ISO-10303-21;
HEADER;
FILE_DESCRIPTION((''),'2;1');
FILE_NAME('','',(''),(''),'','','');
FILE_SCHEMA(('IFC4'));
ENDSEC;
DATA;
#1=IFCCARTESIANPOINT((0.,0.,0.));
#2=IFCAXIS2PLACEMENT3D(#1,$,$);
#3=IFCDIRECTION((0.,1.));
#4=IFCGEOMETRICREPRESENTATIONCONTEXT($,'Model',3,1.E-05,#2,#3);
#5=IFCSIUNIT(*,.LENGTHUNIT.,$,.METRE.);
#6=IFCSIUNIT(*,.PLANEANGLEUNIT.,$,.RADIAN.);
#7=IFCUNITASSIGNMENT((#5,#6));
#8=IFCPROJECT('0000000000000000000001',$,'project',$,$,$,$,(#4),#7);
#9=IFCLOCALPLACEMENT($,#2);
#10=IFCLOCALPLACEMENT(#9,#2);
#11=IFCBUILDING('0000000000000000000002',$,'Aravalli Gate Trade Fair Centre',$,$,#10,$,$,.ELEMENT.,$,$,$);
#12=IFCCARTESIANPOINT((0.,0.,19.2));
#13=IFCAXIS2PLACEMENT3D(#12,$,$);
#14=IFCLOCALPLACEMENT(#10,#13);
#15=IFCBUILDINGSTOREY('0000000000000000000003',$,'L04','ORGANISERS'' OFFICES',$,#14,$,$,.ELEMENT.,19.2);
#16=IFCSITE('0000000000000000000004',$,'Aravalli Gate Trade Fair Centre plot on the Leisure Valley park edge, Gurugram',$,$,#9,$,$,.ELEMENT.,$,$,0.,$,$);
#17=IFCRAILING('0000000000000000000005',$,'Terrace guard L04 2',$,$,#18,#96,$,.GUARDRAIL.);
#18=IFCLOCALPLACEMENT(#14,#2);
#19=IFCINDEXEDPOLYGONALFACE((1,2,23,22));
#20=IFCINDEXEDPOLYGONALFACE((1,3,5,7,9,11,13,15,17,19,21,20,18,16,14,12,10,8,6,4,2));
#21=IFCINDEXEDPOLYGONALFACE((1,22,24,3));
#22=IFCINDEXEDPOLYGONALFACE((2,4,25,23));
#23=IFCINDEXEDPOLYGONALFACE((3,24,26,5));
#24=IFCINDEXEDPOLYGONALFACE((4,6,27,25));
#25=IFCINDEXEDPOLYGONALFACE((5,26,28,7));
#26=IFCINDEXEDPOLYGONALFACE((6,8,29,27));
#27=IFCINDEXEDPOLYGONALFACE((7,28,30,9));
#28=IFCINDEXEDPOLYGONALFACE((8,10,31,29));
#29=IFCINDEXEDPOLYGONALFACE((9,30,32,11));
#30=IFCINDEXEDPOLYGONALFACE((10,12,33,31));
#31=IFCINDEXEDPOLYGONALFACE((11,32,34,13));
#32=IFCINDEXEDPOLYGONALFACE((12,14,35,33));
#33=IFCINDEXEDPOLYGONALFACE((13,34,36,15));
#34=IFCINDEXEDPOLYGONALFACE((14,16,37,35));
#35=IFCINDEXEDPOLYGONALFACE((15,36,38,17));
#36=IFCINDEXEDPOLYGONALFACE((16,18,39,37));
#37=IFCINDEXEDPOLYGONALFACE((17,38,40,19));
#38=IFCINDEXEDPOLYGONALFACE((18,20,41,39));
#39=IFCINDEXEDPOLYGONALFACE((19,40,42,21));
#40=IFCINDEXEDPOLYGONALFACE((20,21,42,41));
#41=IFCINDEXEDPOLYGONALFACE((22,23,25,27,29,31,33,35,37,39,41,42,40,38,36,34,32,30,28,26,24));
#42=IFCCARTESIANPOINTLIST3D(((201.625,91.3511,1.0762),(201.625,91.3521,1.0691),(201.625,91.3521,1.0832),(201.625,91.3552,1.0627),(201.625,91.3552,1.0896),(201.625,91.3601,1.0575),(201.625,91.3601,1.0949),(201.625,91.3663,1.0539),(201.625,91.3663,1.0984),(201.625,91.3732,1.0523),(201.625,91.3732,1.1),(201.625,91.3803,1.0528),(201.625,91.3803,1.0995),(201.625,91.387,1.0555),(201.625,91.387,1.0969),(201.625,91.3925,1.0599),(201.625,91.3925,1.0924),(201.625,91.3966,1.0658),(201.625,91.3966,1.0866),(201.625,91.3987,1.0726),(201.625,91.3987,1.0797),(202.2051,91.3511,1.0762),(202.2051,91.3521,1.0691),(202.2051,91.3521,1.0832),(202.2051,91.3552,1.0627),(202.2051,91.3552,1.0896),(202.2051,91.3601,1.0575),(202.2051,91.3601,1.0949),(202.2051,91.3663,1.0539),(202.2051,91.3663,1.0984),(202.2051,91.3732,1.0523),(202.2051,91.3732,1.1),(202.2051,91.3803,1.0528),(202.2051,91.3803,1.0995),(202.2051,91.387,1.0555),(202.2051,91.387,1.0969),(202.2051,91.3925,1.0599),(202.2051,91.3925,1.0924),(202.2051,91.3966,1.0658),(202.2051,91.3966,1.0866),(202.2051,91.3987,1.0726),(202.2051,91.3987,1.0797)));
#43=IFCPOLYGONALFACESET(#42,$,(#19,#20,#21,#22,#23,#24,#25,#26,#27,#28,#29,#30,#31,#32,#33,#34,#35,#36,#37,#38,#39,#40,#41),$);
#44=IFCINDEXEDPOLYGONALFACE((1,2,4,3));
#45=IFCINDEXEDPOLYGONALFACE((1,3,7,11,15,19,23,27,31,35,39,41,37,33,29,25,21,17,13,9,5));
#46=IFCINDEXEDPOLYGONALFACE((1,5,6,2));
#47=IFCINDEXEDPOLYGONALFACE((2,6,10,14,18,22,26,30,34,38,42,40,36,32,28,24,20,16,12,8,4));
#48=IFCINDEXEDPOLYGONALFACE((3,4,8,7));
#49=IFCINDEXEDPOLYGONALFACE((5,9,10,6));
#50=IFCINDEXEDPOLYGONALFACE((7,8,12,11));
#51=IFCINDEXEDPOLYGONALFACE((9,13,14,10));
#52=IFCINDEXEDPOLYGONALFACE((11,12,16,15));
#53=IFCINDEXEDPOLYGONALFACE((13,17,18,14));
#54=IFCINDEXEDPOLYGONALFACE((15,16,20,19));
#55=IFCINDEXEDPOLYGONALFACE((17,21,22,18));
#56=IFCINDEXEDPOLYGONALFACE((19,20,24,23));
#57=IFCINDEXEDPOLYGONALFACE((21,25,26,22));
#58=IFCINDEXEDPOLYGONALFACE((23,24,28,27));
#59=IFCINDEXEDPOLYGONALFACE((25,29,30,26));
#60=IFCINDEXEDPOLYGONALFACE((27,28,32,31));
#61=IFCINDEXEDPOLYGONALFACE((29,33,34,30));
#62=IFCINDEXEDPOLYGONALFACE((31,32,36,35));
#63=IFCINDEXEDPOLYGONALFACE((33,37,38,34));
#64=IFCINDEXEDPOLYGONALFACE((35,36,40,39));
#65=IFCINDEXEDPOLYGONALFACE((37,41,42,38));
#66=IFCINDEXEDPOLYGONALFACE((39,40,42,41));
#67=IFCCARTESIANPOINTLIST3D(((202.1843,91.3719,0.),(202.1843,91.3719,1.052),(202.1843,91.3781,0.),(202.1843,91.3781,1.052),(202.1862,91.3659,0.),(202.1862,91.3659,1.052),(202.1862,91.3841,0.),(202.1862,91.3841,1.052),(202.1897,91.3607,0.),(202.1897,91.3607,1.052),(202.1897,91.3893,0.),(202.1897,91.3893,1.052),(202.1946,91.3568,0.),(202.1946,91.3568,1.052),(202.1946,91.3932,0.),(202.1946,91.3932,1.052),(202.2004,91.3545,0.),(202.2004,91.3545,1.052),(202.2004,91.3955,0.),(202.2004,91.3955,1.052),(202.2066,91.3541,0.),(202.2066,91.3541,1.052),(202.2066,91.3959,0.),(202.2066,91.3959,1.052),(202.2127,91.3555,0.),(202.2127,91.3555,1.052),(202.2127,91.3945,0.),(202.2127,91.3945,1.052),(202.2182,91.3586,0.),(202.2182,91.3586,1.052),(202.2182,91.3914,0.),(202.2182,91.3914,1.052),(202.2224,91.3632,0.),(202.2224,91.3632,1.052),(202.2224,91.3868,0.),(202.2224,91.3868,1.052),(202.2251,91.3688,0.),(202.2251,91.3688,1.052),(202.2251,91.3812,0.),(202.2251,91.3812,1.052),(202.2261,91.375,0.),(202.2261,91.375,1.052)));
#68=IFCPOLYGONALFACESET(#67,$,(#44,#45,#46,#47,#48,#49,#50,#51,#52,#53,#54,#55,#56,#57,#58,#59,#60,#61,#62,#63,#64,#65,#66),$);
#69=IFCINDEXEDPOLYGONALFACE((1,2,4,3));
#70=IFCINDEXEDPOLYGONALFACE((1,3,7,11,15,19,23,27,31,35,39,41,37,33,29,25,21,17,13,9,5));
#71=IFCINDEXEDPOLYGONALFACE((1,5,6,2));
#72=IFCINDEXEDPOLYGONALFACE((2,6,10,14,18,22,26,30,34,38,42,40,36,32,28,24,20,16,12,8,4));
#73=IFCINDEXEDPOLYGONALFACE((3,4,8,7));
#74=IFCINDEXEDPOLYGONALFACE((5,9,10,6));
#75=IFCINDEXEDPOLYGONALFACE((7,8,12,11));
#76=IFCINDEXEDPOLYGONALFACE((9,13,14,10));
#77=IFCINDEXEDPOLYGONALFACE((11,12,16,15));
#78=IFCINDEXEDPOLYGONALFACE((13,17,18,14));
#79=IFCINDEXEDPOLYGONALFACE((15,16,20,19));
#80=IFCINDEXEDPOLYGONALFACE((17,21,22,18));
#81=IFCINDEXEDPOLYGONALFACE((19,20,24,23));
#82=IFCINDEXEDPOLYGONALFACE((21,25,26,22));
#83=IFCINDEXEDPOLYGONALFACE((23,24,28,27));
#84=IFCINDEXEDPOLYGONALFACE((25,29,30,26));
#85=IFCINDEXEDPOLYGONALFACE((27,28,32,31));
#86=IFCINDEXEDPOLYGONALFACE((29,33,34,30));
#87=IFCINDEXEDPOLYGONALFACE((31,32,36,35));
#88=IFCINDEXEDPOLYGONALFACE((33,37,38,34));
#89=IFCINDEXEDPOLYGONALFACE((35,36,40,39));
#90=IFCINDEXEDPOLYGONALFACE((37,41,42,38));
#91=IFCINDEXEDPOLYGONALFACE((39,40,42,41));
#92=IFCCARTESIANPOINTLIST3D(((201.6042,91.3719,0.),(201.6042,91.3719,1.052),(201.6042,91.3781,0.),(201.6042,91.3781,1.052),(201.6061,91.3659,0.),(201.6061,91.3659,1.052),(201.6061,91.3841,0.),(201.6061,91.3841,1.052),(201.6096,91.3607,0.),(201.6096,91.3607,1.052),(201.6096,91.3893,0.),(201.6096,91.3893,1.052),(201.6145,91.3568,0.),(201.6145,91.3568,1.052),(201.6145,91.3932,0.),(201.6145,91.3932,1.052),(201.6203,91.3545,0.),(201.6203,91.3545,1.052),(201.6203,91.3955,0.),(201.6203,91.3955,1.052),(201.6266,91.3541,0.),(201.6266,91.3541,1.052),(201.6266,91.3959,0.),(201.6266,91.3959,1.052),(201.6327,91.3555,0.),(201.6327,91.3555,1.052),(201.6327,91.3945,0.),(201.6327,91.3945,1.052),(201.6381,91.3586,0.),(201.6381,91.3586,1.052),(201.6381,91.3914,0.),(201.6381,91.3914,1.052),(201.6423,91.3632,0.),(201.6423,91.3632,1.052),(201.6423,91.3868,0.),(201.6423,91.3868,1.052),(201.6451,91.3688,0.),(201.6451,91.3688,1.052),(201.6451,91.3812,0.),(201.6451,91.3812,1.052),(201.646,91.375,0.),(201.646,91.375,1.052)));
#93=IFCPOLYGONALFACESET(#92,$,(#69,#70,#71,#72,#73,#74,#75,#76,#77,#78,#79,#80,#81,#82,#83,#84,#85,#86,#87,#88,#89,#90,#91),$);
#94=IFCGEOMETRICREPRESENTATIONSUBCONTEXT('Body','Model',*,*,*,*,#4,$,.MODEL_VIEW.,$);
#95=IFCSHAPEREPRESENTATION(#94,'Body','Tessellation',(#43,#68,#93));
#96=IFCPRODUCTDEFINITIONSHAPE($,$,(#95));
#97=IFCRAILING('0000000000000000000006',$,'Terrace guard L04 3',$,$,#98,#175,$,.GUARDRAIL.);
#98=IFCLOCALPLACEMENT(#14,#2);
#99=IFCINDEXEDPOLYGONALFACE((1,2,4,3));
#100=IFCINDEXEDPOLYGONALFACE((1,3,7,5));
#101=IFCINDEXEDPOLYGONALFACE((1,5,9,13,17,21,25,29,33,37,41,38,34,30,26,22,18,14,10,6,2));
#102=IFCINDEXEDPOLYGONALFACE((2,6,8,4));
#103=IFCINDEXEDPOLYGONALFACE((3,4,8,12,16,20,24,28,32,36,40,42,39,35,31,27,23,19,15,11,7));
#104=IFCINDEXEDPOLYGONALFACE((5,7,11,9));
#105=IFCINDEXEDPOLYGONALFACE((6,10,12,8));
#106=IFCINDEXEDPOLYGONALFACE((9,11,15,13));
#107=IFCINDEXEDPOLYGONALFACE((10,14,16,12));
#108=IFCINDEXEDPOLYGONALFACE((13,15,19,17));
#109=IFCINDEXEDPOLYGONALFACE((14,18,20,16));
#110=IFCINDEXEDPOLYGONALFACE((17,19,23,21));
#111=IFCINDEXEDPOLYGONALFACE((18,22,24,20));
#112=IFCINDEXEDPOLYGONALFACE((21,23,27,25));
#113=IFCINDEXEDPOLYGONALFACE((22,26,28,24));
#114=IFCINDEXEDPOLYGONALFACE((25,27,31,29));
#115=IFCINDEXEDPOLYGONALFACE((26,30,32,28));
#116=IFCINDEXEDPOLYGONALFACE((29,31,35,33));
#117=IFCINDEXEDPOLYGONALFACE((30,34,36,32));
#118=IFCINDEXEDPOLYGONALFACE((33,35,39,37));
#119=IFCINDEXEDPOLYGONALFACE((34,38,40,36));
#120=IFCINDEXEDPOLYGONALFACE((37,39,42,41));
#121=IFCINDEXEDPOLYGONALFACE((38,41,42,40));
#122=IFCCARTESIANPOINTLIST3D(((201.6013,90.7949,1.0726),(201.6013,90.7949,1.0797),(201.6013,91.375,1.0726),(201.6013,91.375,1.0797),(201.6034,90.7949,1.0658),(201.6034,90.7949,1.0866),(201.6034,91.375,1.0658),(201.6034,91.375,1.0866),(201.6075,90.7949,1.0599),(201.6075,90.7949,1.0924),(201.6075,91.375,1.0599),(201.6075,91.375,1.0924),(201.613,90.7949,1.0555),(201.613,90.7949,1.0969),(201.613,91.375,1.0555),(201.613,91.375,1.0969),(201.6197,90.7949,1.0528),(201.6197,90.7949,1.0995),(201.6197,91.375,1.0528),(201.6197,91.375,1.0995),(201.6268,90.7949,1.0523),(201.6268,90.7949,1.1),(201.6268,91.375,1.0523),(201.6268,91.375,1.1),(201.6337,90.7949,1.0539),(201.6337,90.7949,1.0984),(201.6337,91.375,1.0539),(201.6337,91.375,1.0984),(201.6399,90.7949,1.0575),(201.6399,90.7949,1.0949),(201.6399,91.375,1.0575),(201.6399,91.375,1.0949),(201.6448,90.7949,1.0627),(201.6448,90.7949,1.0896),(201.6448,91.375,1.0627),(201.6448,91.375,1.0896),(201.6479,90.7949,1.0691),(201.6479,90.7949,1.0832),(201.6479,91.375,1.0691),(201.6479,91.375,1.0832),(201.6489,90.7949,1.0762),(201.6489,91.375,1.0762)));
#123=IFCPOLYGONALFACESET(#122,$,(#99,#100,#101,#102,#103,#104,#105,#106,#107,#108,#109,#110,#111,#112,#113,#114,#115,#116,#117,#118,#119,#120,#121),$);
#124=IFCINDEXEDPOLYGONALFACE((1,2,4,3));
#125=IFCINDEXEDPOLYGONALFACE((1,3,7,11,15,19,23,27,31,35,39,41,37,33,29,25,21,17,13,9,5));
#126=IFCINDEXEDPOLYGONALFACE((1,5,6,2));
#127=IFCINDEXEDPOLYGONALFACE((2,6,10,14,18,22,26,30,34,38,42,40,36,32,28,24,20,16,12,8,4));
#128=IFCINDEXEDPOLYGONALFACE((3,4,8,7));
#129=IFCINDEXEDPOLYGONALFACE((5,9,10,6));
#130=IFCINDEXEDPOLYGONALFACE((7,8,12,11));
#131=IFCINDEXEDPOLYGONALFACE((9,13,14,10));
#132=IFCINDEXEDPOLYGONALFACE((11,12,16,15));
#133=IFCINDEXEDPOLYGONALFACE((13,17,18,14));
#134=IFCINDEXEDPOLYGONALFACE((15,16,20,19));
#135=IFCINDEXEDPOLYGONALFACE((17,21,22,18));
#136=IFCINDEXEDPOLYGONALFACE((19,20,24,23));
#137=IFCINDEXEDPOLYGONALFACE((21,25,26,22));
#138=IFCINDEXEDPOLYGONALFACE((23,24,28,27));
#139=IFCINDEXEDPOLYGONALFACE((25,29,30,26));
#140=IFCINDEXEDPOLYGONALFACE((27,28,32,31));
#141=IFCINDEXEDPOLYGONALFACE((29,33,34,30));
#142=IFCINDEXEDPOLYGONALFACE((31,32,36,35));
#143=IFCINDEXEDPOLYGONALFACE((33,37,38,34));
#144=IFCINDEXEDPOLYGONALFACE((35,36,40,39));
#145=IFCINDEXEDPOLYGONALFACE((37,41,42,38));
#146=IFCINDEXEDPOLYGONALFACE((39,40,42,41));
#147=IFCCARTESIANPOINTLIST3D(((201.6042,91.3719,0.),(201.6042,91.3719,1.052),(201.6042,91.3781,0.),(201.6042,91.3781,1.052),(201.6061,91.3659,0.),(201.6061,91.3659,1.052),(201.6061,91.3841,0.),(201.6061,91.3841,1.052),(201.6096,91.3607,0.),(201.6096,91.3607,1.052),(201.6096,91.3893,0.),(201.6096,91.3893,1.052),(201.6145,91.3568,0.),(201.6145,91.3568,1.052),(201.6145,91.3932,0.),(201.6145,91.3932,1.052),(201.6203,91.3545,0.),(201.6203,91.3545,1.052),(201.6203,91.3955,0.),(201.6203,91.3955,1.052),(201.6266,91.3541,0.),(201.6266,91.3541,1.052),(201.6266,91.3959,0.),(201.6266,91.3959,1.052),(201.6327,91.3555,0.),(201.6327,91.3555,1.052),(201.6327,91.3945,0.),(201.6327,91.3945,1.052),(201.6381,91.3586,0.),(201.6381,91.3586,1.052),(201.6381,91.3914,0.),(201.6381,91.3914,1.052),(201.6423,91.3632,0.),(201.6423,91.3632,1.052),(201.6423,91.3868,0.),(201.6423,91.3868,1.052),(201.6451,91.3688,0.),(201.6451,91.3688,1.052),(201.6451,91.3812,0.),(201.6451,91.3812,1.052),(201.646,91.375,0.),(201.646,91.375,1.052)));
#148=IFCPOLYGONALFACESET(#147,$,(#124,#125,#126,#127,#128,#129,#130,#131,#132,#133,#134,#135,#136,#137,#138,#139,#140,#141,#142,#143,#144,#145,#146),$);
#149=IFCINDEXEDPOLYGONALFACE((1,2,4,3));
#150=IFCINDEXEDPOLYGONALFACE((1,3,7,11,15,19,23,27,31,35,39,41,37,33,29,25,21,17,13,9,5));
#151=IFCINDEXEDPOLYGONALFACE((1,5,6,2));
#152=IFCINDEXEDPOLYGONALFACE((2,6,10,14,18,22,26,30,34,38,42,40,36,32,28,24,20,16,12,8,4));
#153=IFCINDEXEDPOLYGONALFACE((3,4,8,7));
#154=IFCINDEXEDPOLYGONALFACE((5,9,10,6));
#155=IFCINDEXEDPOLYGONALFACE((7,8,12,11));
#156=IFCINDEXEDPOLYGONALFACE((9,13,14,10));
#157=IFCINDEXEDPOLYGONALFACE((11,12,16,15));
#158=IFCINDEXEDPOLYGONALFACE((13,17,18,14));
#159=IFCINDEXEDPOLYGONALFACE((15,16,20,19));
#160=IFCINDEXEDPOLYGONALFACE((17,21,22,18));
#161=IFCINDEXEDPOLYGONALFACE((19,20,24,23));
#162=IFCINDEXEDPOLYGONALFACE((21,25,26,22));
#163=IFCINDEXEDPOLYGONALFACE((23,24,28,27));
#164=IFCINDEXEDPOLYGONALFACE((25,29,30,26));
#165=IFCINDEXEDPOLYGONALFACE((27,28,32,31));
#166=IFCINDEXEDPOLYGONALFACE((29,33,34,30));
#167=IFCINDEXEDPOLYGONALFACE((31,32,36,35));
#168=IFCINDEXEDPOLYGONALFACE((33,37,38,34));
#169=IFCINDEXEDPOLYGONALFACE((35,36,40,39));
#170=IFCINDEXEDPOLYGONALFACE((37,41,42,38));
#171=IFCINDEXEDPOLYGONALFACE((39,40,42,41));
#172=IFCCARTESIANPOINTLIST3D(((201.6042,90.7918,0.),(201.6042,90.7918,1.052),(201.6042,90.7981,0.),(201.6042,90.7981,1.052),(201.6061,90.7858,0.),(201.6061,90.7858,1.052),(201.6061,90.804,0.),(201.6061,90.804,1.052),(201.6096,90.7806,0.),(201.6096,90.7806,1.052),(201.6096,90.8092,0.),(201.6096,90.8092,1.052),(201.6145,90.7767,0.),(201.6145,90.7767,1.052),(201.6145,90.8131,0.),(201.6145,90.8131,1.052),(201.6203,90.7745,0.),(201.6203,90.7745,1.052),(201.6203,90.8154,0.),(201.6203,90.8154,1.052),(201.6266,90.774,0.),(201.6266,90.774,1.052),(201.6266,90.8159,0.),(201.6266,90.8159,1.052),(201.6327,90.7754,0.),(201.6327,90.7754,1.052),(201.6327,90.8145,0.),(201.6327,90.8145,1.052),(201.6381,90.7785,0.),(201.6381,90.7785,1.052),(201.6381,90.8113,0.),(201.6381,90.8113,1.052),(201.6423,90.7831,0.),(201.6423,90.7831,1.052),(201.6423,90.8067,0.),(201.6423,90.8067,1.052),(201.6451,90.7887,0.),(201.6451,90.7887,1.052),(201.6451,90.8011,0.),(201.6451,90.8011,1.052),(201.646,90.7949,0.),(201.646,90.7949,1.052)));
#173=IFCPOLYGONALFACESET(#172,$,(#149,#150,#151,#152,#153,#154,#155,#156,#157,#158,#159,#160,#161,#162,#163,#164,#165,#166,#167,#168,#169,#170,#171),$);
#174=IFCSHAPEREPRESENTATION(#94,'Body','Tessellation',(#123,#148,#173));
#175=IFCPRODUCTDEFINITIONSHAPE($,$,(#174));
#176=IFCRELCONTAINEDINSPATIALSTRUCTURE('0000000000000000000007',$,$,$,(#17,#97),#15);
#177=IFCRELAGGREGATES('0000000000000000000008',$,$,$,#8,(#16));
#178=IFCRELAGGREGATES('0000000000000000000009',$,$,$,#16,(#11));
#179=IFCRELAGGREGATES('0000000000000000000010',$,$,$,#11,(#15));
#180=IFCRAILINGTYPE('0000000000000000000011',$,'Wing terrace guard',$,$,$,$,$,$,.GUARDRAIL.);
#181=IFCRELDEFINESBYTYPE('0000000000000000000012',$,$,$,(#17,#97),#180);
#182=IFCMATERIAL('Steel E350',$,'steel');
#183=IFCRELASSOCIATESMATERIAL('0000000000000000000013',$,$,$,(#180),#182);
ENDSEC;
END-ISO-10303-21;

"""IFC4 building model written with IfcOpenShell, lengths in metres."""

from ifc_helpers import new_model, si_unit, direction, frame, origin, origin_2d, place, context, subcontext, project, spatial, circle, extrude, material, type_object, element, save


model = new_model("IFC4")

# Units and contexts
model_context = context("Model", 3, precision=1e-05, world=origin(), true_north=direction((0.0, 1.0)))
body_context = subcontext(model_context, "Body", "Model", "MODEL_VIEW")
ifc_project = project(units=[si_unit("LENGTHUNIT", "METRE"), si_unit("PLANEANGLEUNIT", "RADIAN")], contexts=[model_context])

# Site, building, storey
site_placement = place(None, origin())
site = spatial("IfcSite", under=ifc_project, at=site_placement, Name="Aravalli Gate Trade Fair Centre plot on the Leisure Valley park edge, Gurugram", CompositionType="ELEMENT", RefElevation=0.0)
building_placement = place(site_placement, origin())
building = spatial("IfcBuilding", under=site, at=building_placement, Name="Aravalli Gate Trade Fair Centre", CompositionType="ELEMENT")
storey_placement = place(building_placement, frame((0.0, 0.0, 19.2)))
storey = spatial("IfcBuildingStorey", under=building, at=storey_placement, Name="L04", Description="ORGANISERS' OFFICES", CompositionType="ELEMENT", Elevation=19.2)

# Railings
ifc_material_1 = material(Name="Steel E350", Category="steel")
railing_type = type_object("IfcRailingType", Name="Wing terrace guard", PredefinedType="GUARDRAIL", material=ifc_material_1)
railing_1_placement = place(storey_placement, frame((202.2051, 91.375, 0.0)))
element("IfcRailing", 1, at=railing_1_placement, inside=storey, type_object=railing_type, Name="Terrace guard L04 2", PredefinedType="GUARDRAIL", context=body_context, shape_type="SweptSolid", body=[
    extrude(circle(Radius=0.0239, at=origin_2d()), frame((0.0, 0.0, 1.0762), z_axis=(-1.0, 0.0, 0.0), x_axis=(0.0, -1.0, 0.0)), (0.0, 0.0, 1.0), 0.5801),
    extrude(circle(Radius=0.021, at=origin_2d()), origin(), (0.0, 0.0, 1.0), 1.052),
    extrude(circle(Radius=0.021, at=origin_2d()), frame((-0.5801, 0.0, 0.0)), (0.0, 0.0, 1.0), 1.052),
])
railing_2_placement = place(storey_placement, frame((201.625, 91.375, 0.0)))
element("IfcRailing", 2, at=railing_2_placement, inside=storey, type_object=railing_type, Name="Terrace guard L04 3", PredefinedType="GUARDRAIL", context=body_context, shape_type="SweptSolid", body=[
    extrude(circle(Radius=0.0239, at=origin_2d()), frame((0.0, 0.0, 1.0762), z_axis=(0.0, -1.0, 0.0), x_axis=(1.0, 0.0, 0.0)), (0.0, 0.0, 1.0), 0.5801),
    extrude(circle(Radius=0.021, at=origin_2d()), origin(), (0.0, 0.0, 1.0), 1.052),
    extrude(circle(Radius=0.021, at=origin_2d()), frame((0.0, -0.5801, 0.0)), (0.0, 0.0, 1.0), 1.052),
])

save(model, "model.ifc")
